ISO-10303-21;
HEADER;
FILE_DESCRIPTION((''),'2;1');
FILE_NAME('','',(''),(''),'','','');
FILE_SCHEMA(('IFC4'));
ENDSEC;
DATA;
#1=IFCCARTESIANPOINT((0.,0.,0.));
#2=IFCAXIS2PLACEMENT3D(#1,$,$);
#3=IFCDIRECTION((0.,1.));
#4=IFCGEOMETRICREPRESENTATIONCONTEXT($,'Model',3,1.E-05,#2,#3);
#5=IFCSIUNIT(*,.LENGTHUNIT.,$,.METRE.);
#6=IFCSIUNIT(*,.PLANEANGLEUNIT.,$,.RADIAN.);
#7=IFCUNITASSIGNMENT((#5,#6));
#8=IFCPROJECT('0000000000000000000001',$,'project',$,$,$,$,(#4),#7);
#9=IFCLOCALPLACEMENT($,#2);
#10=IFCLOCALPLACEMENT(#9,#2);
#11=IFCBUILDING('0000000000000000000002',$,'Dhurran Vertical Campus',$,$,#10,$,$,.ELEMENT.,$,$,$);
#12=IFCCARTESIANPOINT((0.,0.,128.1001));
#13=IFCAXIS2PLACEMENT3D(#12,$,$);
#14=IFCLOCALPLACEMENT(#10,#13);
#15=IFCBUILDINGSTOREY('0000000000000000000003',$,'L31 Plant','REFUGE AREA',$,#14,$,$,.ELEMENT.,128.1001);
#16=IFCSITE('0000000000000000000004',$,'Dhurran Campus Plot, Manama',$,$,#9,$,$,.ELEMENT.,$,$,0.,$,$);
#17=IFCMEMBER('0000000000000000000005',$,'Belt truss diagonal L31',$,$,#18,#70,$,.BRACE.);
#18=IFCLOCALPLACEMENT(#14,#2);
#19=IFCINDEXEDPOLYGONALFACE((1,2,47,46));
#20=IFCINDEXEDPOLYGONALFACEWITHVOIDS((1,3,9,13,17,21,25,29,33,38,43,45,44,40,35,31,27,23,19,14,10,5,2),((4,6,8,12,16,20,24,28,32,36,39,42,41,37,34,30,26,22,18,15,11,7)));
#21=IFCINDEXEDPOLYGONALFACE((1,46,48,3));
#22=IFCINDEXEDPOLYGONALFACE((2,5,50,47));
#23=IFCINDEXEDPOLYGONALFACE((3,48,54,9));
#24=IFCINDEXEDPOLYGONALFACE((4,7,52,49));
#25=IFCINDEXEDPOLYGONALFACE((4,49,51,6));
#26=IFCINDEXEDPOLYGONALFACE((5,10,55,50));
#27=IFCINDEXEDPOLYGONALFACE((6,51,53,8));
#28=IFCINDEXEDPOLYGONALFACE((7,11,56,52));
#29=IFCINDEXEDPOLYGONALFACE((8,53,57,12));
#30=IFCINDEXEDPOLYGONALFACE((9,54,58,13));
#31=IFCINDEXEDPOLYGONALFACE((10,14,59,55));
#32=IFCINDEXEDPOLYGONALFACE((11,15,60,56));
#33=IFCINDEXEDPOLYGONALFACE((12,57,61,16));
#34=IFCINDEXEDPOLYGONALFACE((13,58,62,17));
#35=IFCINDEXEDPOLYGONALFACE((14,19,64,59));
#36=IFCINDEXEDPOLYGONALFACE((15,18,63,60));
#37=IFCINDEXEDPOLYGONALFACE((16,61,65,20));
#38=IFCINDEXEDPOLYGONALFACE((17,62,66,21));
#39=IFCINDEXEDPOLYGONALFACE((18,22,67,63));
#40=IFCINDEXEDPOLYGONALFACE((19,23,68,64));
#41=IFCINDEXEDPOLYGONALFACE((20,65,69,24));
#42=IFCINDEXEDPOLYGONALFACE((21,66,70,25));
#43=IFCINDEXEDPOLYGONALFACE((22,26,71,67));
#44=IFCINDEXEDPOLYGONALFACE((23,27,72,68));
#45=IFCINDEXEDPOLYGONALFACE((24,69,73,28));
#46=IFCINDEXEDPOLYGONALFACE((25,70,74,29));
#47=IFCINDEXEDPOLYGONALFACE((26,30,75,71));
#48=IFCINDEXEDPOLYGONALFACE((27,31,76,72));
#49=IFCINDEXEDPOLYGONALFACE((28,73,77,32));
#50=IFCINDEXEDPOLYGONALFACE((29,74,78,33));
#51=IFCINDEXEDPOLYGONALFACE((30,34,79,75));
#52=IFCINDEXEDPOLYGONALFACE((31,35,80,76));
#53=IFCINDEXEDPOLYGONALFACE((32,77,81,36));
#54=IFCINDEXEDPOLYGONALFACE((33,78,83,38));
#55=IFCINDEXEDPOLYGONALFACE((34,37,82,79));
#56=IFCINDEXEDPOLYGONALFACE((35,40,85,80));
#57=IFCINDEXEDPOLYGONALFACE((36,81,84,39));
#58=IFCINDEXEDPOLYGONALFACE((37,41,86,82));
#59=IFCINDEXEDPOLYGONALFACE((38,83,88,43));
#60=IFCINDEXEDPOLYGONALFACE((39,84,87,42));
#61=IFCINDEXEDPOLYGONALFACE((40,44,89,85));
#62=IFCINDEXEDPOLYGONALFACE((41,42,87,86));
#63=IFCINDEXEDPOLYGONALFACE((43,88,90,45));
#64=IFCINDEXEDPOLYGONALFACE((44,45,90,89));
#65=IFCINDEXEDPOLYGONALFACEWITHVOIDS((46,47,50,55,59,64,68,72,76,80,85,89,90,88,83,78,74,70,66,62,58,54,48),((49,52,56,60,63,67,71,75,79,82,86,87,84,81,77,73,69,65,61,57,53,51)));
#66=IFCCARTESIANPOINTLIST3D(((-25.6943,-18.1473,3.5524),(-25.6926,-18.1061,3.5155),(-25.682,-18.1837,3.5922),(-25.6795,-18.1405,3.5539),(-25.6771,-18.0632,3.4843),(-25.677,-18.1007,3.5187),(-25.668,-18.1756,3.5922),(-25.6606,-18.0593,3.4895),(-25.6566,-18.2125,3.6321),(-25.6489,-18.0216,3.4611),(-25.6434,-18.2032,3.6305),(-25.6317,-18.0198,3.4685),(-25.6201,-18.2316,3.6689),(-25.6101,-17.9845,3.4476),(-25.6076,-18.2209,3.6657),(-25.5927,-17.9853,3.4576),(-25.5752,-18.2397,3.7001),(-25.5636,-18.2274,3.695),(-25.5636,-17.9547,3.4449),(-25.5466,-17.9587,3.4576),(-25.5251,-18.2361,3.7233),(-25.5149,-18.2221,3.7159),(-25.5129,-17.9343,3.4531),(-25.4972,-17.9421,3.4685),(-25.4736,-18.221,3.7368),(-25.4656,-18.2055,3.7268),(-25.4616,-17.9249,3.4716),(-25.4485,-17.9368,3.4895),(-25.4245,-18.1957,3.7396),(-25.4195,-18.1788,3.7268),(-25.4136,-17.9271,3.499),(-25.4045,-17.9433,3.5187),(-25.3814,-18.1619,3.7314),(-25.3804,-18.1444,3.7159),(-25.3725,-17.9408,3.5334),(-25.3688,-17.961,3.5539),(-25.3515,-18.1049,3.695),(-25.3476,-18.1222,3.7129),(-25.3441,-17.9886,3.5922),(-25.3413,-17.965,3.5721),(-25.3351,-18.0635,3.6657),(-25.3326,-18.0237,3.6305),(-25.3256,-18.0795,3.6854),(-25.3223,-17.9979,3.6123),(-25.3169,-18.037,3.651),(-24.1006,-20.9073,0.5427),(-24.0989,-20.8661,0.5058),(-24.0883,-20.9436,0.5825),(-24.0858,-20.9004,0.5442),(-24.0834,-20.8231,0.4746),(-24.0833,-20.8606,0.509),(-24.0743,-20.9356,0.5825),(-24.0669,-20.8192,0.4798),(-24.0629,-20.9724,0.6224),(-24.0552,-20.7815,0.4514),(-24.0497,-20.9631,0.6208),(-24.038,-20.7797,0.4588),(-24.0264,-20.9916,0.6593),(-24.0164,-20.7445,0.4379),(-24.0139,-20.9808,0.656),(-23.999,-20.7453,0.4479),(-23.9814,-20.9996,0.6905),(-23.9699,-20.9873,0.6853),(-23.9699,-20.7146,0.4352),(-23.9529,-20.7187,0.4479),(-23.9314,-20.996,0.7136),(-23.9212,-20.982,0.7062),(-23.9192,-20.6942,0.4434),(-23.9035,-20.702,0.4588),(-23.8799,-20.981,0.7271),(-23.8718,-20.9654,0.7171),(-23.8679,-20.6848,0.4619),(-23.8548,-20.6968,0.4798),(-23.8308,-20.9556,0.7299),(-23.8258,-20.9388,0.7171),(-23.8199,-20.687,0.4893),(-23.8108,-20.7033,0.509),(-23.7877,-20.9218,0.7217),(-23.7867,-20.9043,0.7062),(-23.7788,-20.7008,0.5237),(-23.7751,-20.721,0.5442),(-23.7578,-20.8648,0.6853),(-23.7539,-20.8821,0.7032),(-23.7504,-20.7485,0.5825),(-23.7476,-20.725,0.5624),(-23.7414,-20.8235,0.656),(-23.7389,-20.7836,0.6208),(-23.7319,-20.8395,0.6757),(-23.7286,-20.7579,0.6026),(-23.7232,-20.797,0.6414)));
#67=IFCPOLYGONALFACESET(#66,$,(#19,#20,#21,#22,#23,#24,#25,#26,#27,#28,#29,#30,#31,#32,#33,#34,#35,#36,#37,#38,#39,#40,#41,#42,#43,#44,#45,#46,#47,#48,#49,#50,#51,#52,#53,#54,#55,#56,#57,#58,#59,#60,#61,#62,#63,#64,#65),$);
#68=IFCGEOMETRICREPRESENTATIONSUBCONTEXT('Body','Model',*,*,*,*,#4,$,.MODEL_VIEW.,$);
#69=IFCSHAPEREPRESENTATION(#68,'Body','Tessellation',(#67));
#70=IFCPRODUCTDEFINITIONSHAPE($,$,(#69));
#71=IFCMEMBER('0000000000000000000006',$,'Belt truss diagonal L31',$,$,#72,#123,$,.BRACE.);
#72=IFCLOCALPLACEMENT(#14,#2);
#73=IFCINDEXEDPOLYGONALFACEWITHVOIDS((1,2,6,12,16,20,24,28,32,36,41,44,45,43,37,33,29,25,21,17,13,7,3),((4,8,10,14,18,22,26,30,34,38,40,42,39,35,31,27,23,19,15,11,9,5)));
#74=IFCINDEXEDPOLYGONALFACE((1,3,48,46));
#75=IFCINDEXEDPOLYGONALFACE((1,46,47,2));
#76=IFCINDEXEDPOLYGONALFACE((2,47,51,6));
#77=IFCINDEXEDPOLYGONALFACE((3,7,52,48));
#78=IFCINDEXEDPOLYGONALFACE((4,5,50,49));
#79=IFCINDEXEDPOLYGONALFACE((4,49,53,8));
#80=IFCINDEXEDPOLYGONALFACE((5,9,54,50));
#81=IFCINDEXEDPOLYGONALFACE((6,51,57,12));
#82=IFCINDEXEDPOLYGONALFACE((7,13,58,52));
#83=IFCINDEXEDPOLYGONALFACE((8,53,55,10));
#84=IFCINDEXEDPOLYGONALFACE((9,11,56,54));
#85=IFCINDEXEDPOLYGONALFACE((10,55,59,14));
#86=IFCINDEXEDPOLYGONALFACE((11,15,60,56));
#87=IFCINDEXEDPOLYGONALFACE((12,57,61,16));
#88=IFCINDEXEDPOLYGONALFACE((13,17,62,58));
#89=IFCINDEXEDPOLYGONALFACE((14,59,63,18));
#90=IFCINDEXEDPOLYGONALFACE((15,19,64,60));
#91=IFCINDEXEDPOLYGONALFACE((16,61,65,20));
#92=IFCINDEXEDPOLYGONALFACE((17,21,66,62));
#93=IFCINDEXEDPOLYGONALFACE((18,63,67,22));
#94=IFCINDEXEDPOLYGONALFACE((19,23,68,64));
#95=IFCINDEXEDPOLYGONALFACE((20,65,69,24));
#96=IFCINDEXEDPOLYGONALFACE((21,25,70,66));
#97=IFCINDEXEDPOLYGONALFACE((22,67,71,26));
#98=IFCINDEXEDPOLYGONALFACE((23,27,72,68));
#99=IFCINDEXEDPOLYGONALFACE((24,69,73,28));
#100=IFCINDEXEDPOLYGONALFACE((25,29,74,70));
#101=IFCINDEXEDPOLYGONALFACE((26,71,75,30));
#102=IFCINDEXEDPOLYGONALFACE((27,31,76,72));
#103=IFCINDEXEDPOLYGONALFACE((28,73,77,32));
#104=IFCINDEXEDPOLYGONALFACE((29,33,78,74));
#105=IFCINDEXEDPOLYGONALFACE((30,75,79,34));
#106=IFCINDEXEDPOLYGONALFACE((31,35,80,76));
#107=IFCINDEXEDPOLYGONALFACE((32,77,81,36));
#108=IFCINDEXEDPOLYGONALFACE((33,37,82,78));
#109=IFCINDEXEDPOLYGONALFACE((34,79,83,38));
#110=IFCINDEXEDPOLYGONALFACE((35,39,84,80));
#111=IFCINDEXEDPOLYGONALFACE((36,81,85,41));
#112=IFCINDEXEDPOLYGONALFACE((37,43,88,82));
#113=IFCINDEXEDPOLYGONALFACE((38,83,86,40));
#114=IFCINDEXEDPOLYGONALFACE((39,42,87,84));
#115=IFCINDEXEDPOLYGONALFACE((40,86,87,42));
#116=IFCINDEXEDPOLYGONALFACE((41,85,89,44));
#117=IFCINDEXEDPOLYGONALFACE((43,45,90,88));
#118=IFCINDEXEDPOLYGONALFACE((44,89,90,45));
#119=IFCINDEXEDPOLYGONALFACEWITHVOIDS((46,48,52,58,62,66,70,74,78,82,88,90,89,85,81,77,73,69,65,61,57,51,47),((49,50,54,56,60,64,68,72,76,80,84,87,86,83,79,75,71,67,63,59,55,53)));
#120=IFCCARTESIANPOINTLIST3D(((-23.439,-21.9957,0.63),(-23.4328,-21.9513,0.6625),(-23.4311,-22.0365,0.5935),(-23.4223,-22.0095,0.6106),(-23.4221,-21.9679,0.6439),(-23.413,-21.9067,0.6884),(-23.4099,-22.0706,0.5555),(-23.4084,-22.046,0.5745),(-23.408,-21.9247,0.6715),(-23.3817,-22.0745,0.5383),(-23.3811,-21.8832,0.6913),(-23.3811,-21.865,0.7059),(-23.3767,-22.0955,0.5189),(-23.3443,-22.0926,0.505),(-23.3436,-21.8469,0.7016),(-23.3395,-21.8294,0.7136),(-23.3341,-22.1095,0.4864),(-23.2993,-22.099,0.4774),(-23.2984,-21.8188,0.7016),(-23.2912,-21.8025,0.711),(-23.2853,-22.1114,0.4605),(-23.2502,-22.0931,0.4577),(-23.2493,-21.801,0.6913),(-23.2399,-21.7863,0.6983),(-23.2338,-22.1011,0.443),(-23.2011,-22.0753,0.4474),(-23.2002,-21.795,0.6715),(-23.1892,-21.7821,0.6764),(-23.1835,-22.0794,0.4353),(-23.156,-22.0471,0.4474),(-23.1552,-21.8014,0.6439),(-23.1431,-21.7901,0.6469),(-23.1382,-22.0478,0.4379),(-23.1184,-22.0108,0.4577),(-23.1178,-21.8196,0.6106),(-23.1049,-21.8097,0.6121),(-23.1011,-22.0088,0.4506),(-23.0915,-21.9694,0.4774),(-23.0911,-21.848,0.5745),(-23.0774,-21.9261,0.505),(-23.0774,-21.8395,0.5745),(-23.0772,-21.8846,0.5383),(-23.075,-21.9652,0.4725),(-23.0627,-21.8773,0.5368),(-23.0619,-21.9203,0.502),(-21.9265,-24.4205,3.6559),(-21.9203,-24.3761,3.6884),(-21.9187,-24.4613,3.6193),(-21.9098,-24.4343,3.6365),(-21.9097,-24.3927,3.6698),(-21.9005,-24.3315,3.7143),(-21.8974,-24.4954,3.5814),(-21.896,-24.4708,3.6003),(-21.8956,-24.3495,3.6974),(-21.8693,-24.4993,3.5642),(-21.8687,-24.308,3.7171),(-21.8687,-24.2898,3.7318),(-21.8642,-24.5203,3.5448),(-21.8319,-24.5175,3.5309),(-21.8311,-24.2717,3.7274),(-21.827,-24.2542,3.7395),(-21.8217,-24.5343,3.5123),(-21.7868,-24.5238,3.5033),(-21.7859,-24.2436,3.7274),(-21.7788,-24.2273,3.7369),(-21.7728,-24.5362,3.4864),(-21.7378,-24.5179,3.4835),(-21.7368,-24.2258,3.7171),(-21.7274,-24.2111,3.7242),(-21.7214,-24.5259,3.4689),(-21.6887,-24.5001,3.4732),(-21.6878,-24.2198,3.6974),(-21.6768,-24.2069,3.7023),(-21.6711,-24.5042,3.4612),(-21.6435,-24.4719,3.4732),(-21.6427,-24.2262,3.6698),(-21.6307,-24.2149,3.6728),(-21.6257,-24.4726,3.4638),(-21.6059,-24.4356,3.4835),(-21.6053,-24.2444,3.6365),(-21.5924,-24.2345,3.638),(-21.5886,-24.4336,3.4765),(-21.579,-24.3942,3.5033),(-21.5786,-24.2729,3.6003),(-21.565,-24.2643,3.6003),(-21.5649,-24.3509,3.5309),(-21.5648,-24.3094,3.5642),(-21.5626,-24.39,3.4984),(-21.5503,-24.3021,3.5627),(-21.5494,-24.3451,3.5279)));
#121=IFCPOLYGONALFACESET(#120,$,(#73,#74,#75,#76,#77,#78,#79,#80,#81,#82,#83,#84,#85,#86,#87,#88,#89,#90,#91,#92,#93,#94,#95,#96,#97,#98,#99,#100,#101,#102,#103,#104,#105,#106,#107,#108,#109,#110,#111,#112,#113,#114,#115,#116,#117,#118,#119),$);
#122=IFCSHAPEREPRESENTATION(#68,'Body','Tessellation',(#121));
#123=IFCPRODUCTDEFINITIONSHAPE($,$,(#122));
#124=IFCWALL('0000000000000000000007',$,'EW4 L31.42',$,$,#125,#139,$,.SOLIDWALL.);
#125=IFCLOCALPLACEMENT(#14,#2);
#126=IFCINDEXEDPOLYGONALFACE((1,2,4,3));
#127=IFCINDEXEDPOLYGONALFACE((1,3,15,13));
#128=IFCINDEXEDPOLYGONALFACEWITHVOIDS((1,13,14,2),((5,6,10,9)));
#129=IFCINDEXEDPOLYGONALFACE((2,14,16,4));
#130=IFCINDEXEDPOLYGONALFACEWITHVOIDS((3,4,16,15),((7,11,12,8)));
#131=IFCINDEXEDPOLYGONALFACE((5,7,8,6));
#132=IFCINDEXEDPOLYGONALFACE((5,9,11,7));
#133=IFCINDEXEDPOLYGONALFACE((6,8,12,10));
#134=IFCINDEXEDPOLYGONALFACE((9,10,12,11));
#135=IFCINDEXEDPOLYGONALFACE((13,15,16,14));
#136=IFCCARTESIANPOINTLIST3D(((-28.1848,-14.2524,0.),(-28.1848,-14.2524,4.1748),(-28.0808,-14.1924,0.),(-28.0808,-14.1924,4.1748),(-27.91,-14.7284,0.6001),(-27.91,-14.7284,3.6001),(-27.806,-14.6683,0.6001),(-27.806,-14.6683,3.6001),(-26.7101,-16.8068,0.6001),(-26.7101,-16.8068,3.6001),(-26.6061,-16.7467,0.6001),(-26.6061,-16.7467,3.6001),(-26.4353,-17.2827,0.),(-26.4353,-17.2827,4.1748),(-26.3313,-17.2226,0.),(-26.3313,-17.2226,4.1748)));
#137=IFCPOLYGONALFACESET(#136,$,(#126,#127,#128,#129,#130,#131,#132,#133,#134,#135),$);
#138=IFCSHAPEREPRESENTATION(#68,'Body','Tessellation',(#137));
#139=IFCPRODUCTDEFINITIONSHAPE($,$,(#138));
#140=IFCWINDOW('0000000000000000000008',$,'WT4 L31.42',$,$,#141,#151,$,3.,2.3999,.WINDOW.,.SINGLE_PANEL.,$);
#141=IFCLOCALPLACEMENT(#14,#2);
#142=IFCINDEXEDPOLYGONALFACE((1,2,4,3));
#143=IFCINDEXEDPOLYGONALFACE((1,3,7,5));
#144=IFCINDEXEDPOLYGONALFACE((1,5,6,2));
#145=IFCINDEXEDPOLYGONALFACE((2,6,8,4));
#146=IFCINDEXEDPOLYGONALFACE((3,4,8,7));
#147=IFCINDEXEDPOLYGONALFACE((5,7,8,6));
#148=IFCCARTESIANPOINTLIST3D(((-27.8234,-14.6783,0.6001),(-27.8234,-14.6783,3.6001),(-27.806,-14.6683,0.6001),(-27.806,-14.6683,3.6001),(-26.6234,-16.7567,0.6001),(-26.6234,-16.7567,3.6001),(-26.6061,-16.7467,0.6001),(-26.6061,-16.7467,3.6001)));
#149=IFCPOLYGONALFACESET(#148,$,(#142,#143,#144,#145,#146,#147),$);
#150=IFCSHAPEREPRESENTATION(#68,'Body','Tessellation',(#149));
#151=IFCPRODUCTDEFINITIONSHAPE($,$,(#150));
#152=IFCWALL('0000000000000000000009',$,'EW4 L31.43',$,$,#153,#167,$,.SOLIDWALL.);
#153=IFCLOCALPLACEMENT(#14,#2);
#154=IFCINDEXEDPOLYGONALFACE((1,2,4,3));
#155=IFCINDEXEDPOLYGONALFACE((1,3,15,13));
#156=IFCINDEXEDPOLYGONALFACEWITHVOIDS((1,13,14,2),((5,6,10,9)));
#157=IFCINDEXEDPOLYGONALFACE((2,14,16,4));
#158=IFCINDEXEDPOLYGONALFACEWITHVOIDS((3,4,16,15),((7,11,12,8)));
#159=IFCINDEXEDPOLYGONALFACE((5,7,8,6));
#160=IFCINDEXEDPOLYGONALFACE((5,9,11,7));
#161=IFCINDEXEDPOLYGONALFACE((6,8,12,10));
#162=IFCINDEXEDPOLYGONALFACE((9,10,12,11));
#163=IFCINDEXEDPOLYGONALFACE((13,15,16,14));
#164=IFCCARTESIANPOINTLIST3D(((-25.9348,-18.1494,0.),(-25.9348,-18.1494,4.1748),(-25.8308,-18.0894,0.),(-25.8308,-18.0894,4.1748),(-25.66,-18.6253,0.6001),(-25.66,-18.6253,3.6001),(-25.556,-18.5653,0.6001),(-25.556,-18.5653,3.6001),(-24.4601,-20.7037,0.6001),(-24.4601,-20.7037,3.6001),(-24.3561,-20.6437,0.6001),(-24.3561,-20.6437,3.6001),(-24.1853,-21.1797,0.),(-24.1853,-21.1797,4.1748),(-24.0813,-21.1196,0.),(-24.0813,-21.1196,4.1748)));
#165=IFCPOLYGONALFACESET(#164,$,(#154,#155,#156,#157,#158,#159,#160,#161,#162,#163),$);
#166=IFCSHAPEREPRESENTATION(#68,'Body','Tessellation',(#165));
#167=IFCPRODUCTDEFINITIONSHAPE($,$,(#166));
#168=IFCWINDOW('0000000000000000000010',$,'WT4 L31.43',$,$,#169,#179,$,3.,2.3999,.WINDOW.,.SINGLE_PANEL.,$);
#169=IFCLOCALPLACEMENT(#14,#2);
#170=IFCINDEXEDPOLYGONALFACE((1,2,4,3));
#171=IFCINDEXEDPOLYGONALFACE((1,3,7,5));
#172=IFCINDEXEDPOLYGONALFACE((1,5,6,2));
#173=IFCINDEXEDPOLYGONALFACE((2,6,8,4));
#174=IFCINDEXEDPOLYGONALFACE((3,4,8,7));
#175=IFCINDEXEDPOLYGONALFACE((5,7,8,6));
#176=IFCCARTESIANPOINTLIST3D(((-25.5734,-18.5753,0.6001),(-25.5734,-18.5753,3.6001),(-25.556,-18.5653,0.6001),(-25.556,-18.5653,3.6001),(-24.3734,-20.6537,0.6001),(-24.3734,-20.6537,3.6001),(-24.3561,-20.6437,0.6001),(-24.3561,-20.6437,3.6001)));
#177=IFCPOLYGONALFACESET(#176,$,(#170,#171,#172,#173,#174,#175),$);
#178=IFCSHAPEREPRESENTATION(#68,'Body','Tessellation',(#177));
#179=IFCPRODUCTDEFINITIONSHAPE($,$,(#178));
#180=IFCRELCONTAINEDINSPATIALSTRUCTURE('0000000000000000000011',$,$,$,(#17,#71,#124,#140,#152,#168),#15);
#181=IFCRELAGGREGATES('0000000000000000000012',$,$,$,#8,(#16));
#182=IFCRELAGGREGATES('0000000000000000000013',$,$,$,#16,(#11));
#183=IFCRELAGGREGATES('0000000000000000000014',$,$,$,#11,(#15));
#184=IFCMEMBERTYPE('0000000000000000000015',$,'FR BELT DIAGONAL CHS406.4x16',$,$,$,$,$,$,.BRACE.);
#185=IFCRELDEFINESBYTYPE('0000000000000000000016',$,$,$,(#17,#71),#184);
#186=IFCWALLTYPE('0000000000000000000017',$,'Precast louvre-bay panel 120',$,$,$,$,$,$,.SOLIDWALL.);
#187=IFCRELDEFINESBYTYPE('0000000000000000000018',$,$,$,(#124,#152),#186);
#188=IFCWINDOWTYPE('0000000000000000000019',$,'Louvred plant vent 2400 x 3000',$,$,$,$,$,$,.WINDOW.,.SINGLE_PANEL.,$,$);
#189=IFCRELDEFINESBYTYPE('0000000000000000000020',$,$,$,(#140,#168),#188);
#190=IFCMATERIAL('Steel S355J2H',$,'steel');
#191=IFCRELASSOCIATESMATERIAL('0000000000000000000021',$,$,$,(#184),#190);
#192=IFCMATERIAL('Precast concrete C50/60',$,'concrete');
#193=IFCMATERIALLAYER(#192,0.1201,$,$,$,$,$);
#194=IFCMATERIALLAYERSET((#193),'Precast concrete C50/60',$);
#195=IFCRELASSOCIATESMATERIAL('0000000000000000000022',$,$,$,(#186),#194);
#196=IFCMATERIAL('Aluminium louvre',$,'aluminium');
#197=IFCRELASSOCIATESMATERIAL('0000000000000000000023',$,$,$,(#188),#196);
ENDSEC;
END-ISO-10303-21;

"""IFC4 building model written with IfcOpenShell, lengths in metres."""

from ifc_helpers import new_model, si_unit, direction, frame, frame_2d, origin, origin_2d, place, context, subcontext, project, spatial, rectangle, hollow_circle, extrude, material, layer, layer_set, material_profile, profile_set, type_object, element, fill, save


model = new_model("IFC4")

# Units and contexts
model_context = context("Model", 3, precision=1e-05, world=origin(), true_north=direction((0.0, 1.0)))
body_context = subcontext(model_context, "Body", "Model", "MODEL_VIEW")
ifc_project = project(units=[si_unit("LENGTHUNIT", "METRE"), si_unit("PLANEANGLEUNIT", "RADIAN")], contexts=[model_context])

# Site, building, storey
site_placement = place(None, origin())
site = spatial("IfcSite", under=ifc_project, at=site_placement, Name="Dhurran Campus Plot, Manama", CompositionType="ELEMENT", RefElevation=0.0)
building_placement = place(site_placement, origin())
building = spatial("IfcBuilding", under=site, at=building_placement, Name="Dhurran Vertical Campus", CompositionType="ELEMENT")
storey_placement = place(building_placement, frame((0.0, 0.0, 128.1001)))
storey = spatial("IfcBuildingStorey", under=building, at=storey_placement, Name="L31 Plant", Description="REFUGE AREA", CompositionType="ELEMENT", Elevation=128.1001)

# Members
ifc_material_1 = material(Name="Steel S355J2H", Category="steel")
ifc_material_profile_1 = material_profile(ifc_material_1, hollow_circle(Radius=0.2031, WallThickness=0.0161, at=origin_2d()), Name="CHS406.4x16")
ifc_profile_set_1 = profile_set([ifc_material_profile_1], Name="Steel S355J2H")
member_type = type_object("IfcMemberType", Name="FR BELT DIAGONAL CHS406.4x16", PredefinedType="BRACE", material=ifc_profile_set_1)
member_1_placement = place(storey_placement, frame((-23.9124, -20.842, 0.5825), z_axis=(-0.363567, 0.629615, 0.686589), x_axis=(-0.86599, -0.500061, 0.0)))
element("IfcMember", 1, at=member_1_placement, inside=storey, type_object=member_type, Name="Belt truss diagonal L31", PredefinedType="BRACE", context=body_context, shape_type="SweptSolid", body=[
    extrude(hollow_circle(Radius=0.2031, WallThickness=0.0161, at=origin_2d()), origin(), (0.0, 0.0, 1.0), 4.3835),
])
member_2_placement = place(storey_placement, frame((-23.2498, -21.947, 0.5745), z_axis=(0.363386, -0.582591, 0.727007), x_axis=(0.848478, 0.529231, 0.0)))
element("IfcMember", 2, at=member_2_placement, inside=storey, type_object=member_type, Name="Belt truss diagonal L31", PredefinedType="BRACE", context=body_context, shape_type="SweptSolid", body=[
    extrude(hollow_circle(Radius=0.2031, WallThickness=0.0161, at=origin_2d()), origin(), (0.0, 0.0, 1.0), 4.1621),
])

# Walls, openings, windows
ifc_material_2 = material(Name="Precast concrete C50/60", Category="concrete")
ifc_layer = layer(ifc_material_2, 0.1201)
ifc_layer_set = layer_set([ifc_layer], Name="Precast concrete C50/60")
wall_type = type_object("IfcWallType", Name="Precast louvre-bay panel 120", PredefinedType="SOLIDWALL", material=ifc_layer_set)
wall_1_placement = place(storey_placement, frame((-28.1328, -14.2224, 0.0), z_axis=(0.0, 0.0, 1.0), x_axis=(0.499996, -0.866028, 0.0)))
wall_1 = element("IfcWall", 3, at=wall_1_placement, inside=storey, type_object=wall_type, Name="EW4 L31.42", PredefinedType="SOLIDWALL", context=body_context, shape_type="SweptSolid", body=[
    extrude(rectangle(XDim=3.499, YDim=0.1201, at=frame_2d((1.7495, 0.0))), origin(), (0.0, 0.0, 1.0), 4.1748),
])
opening_1_placement = place(wall_1_placement, frame((0.5496, 0.0, 0.6001)))
opening_1 = element("IfcOpeningElement", 4, at=opening_1_placement, cuts=wall_1, PredefinedType="OPENING", context=body_context, shape_type="SweptSolid", body=[
    extrude(rectangle(XDim=2.3999, YDim=3.0, at=frame_2d((1.2, 1.5))), frame((0.0, 0.0701, 0.0), z_axis=(0.0, -1.0, 0.0), x_axis=(1.0, 0.0, 0.0)), (0.0, 0.0, 1.0), 0.1401),
])
ifc_material_3 = material(Name="Aluminium louvre", Category="aluminium")
window_type = type_object("IfcWindowType", Name="Louvred plant vent 2400 x 3000", PartitioningType="SINGLE_PANEL", PredefinedType="WINDOW", material=ifc_material_3)
window_1_placement = place(opening_1_placement, origin())
window_1 = element("IfcWindow", 5, at=window_1_placement, inside=storey, type_object=window_type, Name="WT4 L31.42", OverallHeight=3.0, OverallWidth=2.3999, PartitioningType="SINGLE_PANEL", PredefinedType="WINDOW", context=body_context, shape_type="SweptSolid", body=[
    extrude(rectangle(XDim=2.3999, YDim=3.0, at=frame_2d((1.2, 1.5))), frame((0.0, 0.0601, 0.0), z_axis=(0.0, -1.0, 0.0), x_axis=(1.0, 0.0, 0.0)), (0.0, 0.0, 1.0), 0.02),
])
fill(opening_1, window_1)
wall_2_placement = place(storey_placement, frame((-25.8828, -18.1194, 0.0), z_axis=(0.0, 0.0, 1.0), x_axis=(0.499996, -0.866028, 0.0)))
wall_2 = element("IfcWall", 6, at=wall_2_placement, inside=storey, type_object=wall_type, Name="EW4 L31.43", PredefinedType="SOLIDWALL", context=body_context, shape_type="SweptSolid", body=[
    extrude(rectangle(XDim=3.499, YDim=0.1201, at=frame_2d((1.7495, 0.0))), origin(), (0.0, 0.0, 1.0), 4.1748),
])
opening_2_placement = place(wall_2_placement, frame((0.5496, 0.0, 0.6001)))
opening_2 = element("IfcOpeningElement", 7, at=opening_2_placement, cuts=wall_2, PredefinedType="OPENING", context=body_context, shape_type="SweptSolid", body=[
    extrude(rectangle(XDim=2.3999, YDim=3.0, at=frame_2d((1.2, 1.5))), frame((0.0, 0.0701, 0.0), z_axis=(0.0, -1.0, 0.0), x_axis=(1.0, 0.0, 0.0)), (0.0, 0.0, 1.0), 0.1401),
])
window_2_placement = place(opening_2_placement, origin())
window_2 = element("IfcWindow", 8, at=window_2_placement, inside=storey, type_object=window_type, Name="WT4 L31.43", OverallHeight=3.0, OverallWidth=2.3999, PartitioningType="SINGLE_PANEL", PredefinedType="WINDOW", context=body_context, shape_type="SweptSolid", body=[
    extrude(rectangle(XDim=2.3999, YDim=3.0, at=frame_2d((1.2, 1.5))), frame((0.0, 0.0601, 0.0), z_axis=(0.0, -1.0, 0.0), x_axis=(1.0, 0.0, 0.0)), (0.0, 0.0, 1.0), 0.02),
])
fill(opening_2, window_2)

save(model, "model.ifc")
